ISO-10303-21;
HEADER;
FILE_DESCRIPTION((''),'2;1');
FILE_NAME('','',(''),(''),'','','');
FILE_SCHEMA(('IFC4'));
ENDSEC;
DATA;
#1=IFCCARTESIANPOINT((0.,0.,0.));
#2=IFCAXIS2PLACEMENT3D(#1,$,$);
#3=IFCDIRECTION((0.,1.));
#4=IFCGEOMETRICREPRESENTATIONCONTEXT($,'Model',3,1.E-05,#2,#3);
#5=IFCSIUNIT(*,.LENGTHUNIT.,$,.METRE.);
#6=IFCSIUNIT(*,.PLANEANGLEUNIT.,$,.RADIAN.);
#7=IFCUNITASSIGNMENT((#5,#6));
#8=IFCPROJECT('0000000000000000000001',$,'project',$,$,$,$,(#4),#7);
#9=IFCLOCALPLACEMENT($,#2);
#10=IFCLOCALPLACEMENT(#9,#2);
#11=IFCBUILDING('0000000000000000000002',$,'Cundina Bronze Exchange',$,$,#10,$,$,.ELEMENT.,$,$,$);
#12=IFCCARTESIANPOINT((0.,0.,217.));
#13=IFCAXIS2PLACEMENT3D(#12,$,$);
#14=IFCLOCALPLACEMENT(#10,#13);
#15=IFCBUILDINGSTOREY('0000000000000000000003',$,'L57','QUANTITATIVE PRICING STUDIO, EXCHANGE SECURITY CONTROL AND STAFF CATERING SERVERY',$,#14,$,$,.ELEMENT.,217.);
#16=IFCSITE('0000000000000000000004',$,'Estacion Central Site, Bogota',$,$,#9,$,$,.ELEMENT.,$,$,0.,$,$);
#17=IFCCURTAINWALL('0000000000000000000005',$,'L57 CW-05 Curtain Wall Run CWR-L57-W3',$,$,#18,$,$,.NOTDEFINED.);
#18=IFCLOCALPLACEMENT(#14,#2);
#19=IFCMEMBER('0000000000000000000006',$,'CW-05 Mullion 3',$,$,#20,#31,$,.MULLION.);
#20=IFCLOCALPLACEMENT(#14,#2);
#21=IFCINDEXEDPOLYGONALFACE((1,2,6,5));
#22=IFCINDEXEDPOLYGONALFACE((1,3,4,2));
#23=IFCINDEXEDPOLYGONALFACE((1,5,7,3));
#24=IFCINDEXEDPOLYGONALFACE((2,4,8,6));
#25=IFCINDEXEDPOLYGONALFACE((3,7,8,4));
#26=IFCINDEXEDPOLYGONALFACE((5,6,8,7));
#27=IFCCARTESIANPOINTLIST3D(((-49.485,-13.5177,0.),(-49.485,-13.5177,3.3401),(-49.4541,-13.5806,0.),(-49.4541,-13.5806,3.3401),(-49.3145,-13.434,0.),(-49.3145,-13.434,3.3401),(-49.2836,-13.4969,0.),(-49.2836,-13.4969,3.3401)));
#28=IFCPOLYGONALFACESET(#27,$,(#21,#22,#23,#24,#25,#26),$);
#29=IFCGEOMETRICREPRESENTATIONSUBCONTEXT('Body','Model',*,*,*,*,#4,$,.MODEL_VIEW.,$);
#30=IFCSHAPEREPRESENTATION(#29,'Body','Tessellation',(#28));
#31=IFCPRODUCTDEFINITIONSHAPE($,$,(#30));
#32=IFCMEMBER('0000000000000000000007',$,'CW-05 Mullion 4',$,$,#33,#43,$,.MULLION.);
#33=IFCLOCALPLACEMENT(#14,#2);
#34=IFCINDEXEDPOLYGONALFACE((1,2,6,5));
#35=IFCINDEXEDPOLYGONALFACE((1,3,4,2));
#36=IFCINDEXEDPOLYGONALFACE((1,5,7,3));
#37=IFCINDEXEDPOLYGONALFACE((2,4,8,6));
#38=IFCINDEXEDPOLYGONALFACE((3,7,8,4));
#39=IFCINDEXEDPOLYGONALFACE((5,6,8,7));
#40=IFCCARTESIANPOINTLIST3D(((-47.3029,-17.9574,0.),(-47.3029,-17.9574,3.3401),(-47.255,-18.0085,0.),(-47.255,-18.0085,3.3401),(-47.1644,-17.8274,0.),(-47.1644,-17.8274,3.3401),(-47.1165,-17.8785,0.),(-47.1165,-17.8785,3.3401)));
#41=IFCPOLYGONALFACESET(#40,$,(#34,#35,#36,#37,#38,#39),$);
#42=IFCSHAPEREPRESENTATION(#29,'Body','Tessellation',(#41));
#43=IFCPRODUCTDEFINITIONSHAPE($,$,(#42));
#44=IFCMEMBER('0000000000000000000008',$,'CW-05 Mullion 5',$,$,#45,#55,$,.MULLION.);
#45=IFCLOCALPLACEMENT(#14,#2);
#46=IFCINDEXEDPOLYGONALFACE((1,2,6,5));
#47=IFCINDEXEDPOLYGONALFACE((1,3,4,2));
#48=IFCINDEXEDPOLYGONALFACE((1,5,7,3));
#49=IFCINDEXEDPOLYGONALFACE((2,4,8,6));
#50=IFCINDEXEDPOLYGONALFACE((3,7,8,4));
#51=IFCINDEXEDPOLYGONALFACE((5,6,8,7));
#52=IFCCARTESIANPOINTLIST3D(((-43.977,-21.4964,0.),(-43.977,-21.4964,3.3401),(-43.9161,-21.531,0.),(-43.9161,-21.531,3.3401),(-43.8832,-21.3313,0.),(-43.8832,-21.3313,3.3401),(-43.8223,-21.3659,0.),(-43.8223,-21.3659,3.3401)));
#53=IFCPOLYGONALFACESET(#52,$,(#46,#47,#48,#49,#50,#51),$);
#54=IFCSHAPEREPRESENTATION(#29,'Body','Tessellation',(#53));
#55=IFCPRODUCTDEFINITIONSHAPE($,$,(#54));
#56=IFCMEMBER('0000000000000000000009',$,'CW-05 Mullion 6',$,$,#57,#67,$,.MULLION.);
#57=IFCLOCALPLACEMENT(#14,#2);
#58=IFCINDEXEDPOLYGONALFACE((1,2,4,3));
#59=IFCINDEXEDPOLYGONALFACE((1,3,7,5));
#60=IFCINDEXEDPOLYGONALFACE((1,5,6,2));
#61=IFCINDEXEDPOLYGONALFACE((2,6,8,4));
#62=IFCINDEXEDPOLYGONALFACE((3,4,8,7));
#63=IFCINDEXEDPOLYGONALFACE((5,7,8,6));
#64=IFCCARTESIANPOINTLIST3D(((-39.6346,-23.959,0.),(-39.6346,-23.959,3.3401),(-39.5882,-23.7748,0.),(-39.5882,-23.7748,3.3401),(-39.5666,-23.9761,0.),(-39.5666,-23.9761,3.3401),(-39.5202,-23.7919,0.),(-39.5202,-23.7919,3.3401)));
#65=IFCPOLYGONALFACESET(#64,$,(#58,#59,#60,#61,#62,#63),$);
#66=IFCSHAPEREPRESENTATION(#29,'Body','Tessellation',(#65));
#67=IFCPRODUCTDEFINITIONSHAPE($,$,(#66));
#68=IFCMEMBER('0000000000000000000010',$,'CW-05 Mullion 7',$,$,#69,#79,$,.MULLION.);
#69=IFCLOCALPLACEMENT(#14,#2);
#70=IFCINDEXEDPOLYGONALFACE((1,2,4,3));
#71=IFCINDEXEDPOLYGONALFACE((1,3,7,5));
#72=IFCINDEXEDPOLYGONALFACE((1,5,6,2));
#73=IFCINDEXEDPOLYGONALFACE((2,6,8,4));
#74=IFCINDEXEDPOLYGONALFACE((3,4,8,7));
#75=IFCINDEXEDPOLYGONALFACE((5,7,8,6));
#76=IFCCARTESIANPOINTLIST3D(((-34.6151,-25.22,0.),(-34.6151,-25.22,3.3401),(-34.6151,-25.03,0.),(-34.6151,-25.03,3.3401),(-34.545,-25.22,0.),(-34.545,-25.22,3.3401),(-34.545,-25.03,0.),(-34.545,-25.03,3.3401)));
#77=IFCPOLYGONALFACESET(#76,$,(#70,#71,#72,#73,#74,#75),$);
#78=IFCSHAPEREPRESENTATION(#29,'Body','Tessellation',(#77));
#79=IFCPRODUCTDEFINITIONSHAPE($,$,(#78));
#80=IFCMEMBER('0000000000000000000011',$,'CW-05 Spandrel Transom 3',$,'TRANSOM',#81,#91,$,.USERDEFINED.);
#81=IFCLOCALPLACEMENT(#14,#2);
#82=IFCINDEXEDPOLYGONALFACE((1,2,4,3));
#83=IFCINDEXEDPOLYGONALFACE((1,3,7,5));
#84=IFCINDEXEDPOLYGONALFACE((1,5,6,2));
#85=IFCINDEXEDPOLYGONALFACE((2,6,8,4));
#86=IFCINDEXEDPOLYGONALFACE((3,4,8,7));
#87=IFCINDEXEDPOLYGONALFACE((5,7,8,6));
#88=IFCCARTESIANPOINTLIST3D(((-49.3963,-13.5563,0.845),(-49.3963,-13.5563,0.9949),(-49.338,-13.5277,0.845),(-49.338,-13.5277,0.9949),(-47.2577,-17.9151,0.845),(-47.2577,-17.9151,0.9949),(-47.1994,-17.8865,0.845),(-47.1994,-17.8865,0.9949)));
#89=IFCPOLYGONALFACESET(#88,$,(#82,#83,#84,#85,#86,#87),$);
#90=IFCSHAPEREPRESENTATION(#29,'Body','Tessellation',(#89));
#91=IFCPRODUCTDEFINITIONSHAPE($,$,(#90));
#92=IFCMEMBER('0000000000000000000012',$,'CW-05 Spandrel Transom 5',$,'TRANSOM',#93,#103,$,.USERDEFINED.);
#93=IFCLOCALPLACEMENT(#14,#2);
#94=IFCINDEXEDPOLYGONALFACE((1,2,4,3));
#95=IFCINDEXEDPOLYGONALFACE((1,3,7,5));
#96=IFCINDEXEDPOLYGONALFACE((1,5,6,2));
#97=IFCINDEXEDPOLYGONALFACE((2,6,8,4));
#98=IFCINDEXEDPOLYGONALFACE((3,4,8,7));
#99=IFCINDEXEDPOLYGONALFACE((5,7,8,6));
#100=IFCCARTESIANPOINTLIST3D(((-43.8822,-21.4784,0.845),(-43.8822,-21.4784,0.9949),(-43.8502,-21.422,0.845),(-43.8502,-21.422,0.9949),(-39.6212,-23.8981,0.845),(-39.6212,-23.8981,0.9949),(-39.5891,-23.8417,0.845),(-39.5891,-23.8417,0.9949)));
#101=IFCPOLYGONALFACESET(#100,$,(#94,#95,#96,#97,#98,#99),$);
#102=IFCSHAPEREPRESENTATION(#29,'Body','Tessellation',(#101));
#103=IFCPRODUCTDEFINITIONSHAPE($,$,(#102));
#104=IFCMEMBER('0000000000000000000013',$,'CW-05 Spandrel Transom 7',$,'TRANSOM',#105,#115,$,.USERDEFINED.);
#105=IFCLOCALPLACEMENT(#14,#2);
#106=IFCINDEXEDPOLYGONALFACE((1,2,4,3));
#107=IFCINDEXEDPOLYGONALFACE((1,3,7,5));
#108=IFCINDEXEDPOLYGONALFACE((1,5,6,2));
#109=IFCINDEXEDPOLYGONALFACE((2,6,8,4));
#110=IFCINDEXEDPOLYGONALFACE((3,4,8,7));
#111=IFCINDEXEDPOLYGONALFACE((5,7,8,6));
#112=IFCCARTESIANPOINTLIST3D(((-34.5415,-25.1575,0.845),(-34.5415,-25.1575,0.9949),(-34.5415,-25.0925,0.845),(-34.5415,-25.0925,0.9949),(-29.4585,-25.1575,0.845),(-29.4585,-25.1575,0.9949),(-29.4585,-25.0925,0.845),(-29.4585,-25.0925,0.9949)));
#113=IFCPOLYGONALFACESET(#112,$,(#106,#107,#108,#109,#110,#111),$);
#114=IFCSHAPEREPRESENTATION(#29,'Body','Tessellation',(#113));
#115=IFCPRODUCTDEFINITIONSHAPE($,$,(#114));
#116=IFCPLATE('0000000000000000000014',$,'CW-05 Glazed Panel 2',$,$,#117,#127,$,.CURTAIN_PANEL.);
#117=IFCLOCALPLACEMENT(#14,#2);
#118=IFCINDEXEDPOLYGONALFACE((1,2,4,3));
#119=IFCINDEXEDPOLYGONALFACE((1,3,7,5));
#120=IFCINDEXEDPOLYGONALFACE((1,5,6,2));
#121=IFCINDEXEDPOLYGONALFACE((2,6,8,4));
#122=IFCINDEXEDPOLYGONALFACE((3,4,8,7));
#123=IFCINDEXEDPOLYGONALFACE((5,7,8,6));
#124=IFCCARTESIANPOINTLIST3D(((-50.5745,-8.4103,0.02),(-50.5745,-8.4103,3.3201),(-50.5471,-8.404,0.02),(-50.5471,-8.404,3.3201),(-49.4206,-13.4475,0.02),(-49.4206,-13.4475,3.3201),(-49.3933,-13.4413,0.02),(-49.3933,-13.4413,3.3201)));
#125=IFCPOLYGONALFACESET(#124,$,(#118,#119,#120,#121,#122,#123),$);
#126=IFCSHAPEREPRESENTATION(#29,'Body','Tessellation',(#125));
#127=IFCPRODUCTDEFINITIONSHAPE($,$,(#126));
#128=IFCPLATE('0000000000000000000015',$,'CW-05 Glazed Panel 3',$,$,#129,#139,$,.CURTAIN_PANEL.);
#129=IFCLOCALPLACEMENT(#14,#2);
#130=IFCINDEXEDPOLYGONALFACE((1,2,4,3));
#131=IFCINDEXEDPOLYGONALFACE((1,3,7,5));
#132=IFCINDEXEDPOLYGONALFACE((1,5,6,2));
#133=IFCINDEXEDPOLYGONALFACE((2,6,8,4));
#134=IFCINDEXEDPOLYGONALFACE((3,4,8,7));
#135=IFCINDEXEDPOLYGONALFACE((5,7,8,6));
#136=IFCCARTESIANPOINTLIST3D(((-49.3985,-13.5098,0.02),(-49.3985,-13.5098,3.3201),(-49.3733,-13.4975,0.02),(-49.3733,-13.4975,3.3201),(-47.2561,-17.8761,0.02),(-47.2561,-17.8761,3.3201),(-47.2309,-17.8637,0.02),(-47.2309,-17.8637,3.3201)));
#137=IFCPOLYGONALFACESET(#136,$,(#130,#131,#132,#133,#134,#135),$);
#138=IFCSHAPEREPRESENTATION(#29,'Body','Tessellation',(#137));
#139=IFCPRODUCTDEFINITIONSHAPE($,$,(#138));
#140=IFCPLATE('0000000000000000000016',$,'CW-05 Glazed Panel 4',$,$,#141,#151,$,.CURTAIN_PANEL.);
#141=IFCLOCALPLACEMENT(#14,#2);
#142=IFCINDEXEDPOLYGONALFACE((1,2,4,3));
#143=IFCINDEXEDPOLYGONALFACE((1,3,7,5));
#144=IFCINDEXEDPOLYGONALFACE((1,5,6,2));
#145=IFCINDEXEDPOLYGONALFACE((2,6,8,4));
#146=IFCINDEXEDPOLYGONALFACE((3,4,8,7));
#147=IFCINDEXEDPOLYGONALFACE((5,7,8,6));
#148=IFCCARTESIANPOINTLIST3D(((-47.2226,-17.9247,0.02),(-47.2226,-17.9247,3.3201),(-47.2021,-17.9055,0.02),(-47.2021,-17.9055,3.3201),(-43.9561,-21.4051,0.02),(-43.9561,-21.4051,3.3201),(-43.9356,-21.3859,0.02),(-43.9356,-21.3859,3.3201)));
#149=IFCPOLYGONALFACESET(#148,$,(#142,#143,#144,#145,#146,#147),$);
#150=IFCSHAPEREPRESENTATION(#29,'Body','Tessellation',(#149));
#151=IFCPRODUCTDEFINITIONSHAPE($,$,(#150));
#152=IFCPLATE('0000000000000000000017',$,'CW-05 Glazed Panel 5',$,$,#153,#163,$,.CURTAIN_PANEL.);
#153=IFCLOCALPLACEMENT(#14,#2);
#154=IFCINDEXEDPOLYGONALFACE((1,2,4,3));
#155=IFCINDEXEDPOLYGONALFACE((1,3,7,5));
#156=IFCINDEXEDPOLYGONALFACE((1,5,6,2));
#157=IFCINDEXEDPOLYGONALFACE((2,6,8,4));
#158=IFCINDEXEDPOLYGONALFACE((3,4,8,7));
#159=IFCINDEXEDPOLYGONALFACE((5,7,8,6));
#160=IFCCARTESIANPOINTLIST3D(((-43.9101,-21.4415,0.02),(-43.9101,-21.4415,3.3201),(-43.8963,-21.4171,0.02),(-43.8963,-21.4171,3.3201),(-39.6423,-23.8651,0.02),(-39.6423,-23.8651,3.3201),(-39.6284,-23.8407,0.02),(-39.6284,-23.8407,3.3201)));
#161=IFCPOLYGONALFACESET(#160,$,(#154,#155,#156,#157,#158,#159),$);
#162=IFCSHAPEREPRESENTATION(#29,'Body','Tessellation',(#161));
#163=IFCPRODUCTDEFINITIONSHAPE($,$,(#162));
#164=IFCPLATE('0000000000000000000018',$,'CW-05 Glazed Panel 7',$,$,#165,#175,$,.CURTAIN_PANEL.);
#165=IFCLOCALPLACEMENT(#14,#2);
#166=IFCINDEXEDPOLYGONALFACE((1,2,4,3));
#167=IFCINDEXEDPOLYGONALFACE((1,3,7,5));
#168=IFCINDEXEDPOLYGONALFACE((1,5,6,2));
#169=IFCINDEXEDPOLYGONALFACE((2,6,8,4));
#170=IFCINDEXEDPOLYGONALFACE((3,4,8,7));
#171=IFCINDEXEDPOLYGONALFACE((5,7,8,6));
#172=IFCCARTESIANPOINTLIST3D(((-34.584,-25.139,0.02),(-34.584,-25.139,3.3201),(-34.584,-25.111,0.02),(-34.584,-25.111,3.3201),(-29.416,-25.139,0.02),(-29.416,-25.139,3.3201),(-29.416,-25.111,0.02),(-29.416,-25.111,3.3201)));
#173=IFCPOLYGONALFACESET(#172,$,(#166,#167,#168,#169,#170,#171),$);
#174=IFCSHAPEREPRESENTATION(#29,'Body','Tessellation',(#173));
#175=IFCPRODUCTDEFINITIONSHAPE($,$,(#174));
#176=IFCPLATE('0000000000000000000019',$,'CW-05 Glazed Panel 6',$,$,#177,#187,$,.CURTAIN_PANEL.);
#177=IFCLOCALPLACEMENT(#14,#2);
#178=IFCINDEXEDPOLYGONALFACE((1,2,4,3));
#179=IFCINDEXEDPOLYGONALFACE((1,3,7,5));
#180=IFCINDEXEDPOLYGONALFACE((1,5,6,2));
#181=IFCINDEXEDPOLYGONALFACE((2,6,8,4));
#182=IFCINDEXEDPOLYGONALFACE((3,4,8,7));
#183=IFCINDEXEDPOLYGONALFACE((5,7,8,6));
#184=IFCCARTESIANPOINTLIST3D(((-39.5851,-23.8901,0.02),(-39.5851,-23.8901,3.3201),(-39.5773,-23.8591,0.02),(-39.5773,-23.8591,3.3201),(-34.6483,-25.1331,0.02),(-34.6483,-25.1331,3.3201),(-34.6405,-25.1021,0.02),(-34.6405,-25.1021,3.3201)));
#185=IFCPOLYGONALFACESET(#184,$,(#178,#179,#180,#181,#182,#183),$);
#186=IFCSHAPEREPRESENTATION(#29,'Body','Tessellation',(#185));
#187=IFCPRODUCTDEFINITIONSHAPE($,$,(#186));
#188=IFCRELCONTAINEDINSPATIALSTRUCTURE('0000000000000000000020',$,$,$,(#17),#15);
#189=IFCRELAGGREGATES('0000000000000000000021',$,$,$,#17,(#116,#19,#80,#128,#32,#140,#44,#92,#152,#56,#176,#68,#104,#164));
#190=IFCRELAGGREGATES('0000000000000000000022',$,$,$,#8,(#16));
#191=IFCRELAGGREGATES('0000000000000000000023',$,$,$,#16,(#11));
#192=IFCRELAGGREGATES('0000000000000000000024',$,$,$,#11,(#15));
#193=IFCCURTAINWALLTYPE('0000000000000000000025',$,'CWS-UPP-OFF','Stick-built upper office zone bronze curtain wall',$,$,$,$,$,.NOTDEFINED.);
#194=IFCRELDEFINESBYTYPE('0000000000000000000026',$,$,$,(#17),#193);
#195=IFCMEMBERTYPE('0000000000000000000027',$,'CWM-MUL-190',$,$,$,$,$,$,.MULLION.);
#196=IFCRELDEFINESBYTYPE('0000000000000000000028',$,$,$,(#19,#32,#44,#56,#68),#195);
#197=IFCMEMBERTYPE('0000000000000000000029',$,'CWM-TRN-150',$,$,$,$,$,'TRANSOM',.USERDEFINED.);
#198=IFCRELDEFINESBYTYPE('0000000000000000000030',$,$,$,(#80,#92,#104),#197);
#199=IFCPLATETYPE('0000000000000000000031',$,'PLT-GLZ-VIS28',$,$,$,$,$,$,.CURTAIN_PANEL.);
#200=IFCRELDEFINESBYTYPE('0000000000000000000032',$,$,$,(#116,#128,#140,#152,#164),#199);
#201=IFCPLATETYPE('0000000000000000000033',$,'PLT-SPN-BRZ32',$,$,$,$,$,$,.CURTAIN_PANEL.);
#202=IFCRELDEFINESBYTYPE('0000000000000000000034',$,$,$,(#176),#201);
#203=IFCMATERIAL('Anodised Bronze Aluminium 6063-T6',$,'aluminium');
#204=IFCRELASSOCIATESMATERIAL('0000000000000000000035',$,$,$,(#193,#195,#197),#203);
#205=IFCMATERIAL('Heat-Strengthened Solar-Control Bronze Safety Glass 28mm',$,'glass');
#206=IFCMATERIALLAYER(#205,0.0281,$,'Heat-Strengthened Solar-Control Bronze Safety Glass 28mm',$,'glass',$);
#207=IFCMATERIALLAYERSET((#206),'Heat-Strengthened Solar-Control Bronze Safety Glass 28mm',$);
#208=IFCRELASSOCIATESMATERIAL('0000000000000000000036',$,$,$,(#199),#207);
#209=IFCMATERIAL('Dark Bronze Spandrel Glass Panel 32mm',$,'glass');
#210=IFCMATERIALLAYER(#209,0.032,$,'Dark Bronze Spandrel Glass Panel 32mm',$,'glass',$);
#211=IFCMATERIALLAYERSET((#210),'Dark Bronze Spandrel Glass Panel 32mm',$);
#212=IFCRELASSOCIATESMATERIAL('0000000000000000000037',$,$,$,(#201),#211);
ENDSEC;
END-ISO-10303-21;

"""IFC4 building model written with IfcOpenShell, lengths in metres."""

from ifc_helpers import new_model, si_unit, direction, frame, origin, origin_2d, place, context, subcontext, project, spatial, rectangle, extrude, material, layer, layer_set, material_profile, profile_set, type_object, element, aggregate, save


model = new_model("IFC4")

# Units and contexts
model_context = context("Model", 3, precision=1e-05, world=origin(), true_north=direction((0.0, 1.0)))
body_context = subcontext(model_context, "Body", "Model", "MODEL_VIEW")
ifc_project = project(units=[si_unit("LENGTHUNIT", "METRE"), si_unit("PLANEANGLEUNIT", "RADIAN")], contexts=[model_context])

# Site, building, storey
site_placement = place(None, origin())
site = spatial("IfcSite", under=ifc_project, at=site_placement, Name="Estacion Central Site, Bogota", CompositionType="ELEMENT", RefElevation=0.0)
building_placement = place(site_placement, origin())
building = spatial("IfcBuilding", under=site, at=building_placement, Name="Cundina Bronze Exchange", CompositionType="ELEMENT")
storey_placement = place(building_placement, frame((0.0, 0.0, 217.0)))
storey = spatial("IfcBuildingStorey", under=building, at=storey_placement, Name="L57", Description="QUANTITATIVE PRICING STUDIO, EXCHANGE SECURITY CONTROL AND STAFF CATERING SERVERY", CompositionType="ELEMENT", Elevation=217.0)

# Curtain wall, members, plates
ifc_material_1 = material(Name="Anodised Bronze Aluminium 6063-T6", Category="aluminium")
curtain_wall_type = type_object("IfcCurtainWallType", Name="CWS-UPP-OFF", Description="Stick-built upper office zone bronze curtain wall", PredefinedType="NOTDEFINED", material=ifc_material_1)
curtain_wall_placement = place(storey_placement, origin())
curtain_wall = element("IfcCurtainWall", 1, at=curtain_wall_placement, inside=storey, type_object=curtain_wall_type, Name="L57 CW-05 Curtain Wall Run CWR-L57-W3", PredefinedType="NOTDEFINED")
ifc_material_profile_1 = material_profile(ifc_material_1, rectangle(XDim=0.0701, YDim=0.1899, at=origin_2d()), Name="AL70X190", Category="aluminium")
ifc_profile_set_1 = profile_set([ifc_material_profile_1], Name="Anodised Bronze Aluminium 6063-T6")
member_type_1 = type_object("IfcMemberType", Name="CWM-MUL-190", PredefinedType="MULLION", material=ifc_profile_set_1)
member_1_placement = place(storey_placement, frame((-49.3843, -13.5073, 0.0), z_axis=(0.0, 0.0, 1.0), x_axis=(0.440566, -0.89772, 0.0)))
member_1 = element("IfcMember", 2, at=member_1_placement, type_object=member_type_1, Name="CW-05 Mullion 3", PredefinedType="MULLION", context=body_context, shape_type="SweptSolid", body=[
    extrude(rectangle(XDim=0.0701, YDim=0.1899, at=origin_2d()), origin(), (0.0, 0.0, 1.0), 3.3401),
])
member_2_placement = place(storey_placement, frame((-47.2097, -17.918, 0.0), z_axis=(0.0, 0.0, 1.0), x_axis=(0.684293, -0.729208, 0.0)))
member_2 = element("IfcMember", 3, at=member_2_placement, type_object=member_type_1, Name="CW-05 Mullion 4", PredefinedType="MULLION", context=body_context, shape_type="SweptSolid", body=[
    extrude(rectangle(XDim=0.0701, YDim=0.1899, at=origin_2d()), origin(), (0.0, 0.0, 1.0), 3.3401),
])
member_3_placement = place(storey_placement, frame((-43.8997, -21.4312, 0.0), z_axis=(0.0, 0.0, 1.0), x_axis=(0.869581, -0.49379, 0.0)))
member_3 = element("IfcMember", 4, at=member_3_placement, type_object=member_type_1, Name="CW-05 Mullion 5", PredefinedType="MULLION", context=body_context, shape_type="SweptSolid", body=[
    extrude(rectangle(XDim=0.0701, YDim=0.1899, at=origin_2d()), origin(), (0.0, 0.0, 1.0), 3.3401),
])
member_4_placement = place(storey_placement, frame((-39.5774, -23.8755, 0.0), z_axis=(0.0, 0.0, 1.0), x_axis=(0.969744, -0.244123, 0.0)))
member_4 = element("IfcMember", 5, at=member_4_placement, type_object=member_type_1, Name="CW-05 Mullion 6", PredefinedType="MULLION", context=body_context, shape_type="SweptSolid", body=[
    extrude(rectangle(XDim=0.0701, YDim=0.1899, at=origin_2d()), origin(), (0.0, 0.0, 1.0), 3.3401),
])
member_5_placement = place(storey_placement, frame((-34.5801, -25.125, 0.0), z_axis=(0.0, 0.0, 1.0), x_axis=(1.0, 0.0, 0.0)))
member_5 = element("IfcMember", 6, at=member_5_placement, type_object=member_type_1, Name="CW-05 Mullion 7", PredefinedType="MULLION", context=body_context, shape_type="SweptSolid", body=[
    extrude(rectangle(XDim=0.0701, YDim=0.1899, at=origin_2d()), origin(), (0.0, 0.0, 1.0), 3.3401),
])
ifc_material_profile_2 = material_profile(ifc_material_1, rectangle(XDim=0.0649, YDim=0.1499, at=origin_2d()), Name="AL65X150", Category="aluminium")
ifc_profile_set_2 = profile_set([ifc_material_profile_2], Name="Anodised Bronze Aluminium 6063-T6")
member_type_2 = type_object("IfcMemberType", Name="CWM-TRN-150", ElementType="TRANSOM", PredefinedType="USERDEFINED", material=ifc_profile_set_2)
member_6_placement = place(storey_placement, frame((-49.3672, -13.542, 0.9199), z_axis=(0.440483, -0.897761, 0.0), x_axis=(0.897761, 0.440483, 0.0)))
member_6 = element("IfcMember", 7, at=member_6_placement, type_object=member_type_2, Name="CW-05 Spandrel Transom 3", ObjectType="TRANSOM", PredefinedType="USERDEFINED", context=body_context, shape_type="SweptSolid", body=[
    extrude(rectangle(XDim=0.0649, YDim=0.1499, at=origin_2d()), origin(), (0.0, 0.0, 1.0), 4.8552),
])
member_7_placement = place(storey_placement, frame((-43.8662, -21.4502, 0.9199), z_axis=(0.869574, -0.493803, 0.0), x_axis=(0.493803, 0.869574, 0.0)))
member_7 = element("IfcMember", 8, at=member_7_placement, type_object=member_type_2, Name="CW-05 Spandrel Transom 5", ObjectType="TRANSOM", PredefinedType="USERDEFINED", context=body_context, shape_type="SweptSolid", body=[
    extrude(rectangle(XDim=0.0649, YDim=0.1499, at=origin_2d()), origin(), (0.0, 0.0, 1.0), 4.9001),
])
member_8_placement = place(storey_placement, frame((-34.5415, -25.125, 0.9199), z_axis=(1.0, 0.0, 0.0), x_axis=(0.0, 1.0, 0.0)))
member_8 = element("IfcMember", 9, at=member_8_placement, type_object=member_type_2, Name="CW-05 Spandrel Transom 7", ObjectType="TRANSOM", PredefinedType="USERDEFINED", context=body_context, shape_type="SweptSolid", body=[
    extrude(rectangle(XDim=0.0649, YDim=0.1499, at=origin_2d()), origin(), (0.0, 0.0, 1.0), 5.083),
])
ifc_material_2 = material(Name="Heat-Strengthened Solar-Control Bronze Safety Glass 28mm", Category="glass")
ifc_layer_1 = layer(ifc_material_2, 0.0281, Name="Heat-Strengthened Solar-Control Bronze Safety Glass 28mm", Category="glass")
ifc_layer_set_1 = layer_set([ifc_layer_1], Name="Heat-Strengthened Solar-Control Bronze Safety Glass 28mm")
plate_type_1 = type_object("IfcPlateType", Name="PLT-GLZ-VIS28", PredefinedType="CURTAIN_PANEL", material=ifc_layer_set_1)
plate_1_placement = place(storey_placement, frame((-49.9839, -10.9258, 0.02), z_axis=(0.0, 0.0, 1.0), x_axis=(0.223284, -0.974753, 0.0)))
plate_1 = element("IfcPlate", 10, at=plate_1_placement, type_object=plate_type_1, Name="CW-05 Glazed Panel 2", PredefinedType="CURTAIN_PANEL", context=body_context, shape_type="SweptSolid", body=[
    extrude(rectangle(XDim=5.1677, YDim=0.0281, at=origin_2d()), origin(), (0.0, 0.0, 1.0), 3.3),
])
plate_2_placement = place(storey_placement, frame((-48.3147, -15.6868, 0.02), z_axis=(0.0, 0.0, 1.0), x_axis=(0.440503, -0.897751, 0.0)))
plate_2 = element("IfcPlate", 11, at=plate_2_placement, type_object=plate_type_1, Name="CW-05 Glazed Panel 3", PredefinedType="CURTAIN_PANEL", context=body_context, shape_type="SweptSolid", body=[
    extrude(rectangle(XDim=4.8635, YDim=0.0281, at=origin_2d()), origin(), (0.0, 0.0, 1.0), 3.3),
])
plate_3_placement = place(storey_placement, frame((-45.5791, -19.6553, 0.02), z_axis=(0.0, 0.0, 1.0), x_axis=(0.684344, -0.72916, 0.0)))
plate_3 = element("IfcPlate", 12, at=plate_3_placement, type_object=plate_type_1, Name="CW-05 Glazed Panel 4", PredefinedType="CURTAIN_PANEL", context=body_context, shape_type="SweptSolid", body=[
    extrude(rectangle(XDim=4.7732, YDim=0.0281, at=origin_2d()), origin(), (0.0, 0.0, 1.0), 3.3),
])
plate_4_placement = place(storey_placement, frame((-41.7693, -22.6411, 0.02), z_axis=(0.0, 0.0, 1.0), x_axis=(0.869573, -0.493805, 0.0)))
plate_4 = element("IfcPlate", 13, at=plate_4_placement, type_object=plate_type_1, Name="CW-05 Glazed Panel 5", PredefinedType="CURTAIN_PANEL", context=body_context, shape_type="SweptSolid", body=[
    extrude(rectangle(XDim=4.908, YDim=0.0281, at=origin_2d()), origin(), (0.0, 0.0, 1.0), 3.3),
])
plate_5_placement = place(storey_placement, frame((-32.0, -25.125, 0.02), z_axis=(0.0, 0.0, 1.0), x_axis=(1.0, 0.0, 0.0)))
plate_5 = element("IfcPlate", 14, at=plate_5_placement, type_object=plate_type_1, Name="CW-05 Glazed Panel 7", PredefinedType="CURTAIN_PANEL", context=body_context, shape_type="SweptSolid", body=[
    extrude(rectangle(XDim=5.168, YDim=0.0281, at=origin_2d()), origin(), (0.0, 0.0, 1.0), 3.3),
])
ifc_material_3 = material(Name="Dark Bronze Spandrel Glass Panel 32mm", Category="glass")
ifc_layer_2 = layer(ifc_material_3, 0.032, Name="Dark Bronze Spandrel Glass Panel 32mm", Category="glass")
ifc_layer_set_2 = layer_set([ifc_layer_2], Name="Dark Bronze Spandrel Glass Panel 32mm")
plate_type_2 = type_object("IfcPlateType", Name="PLT-SPN-BRZ32", PredefinedType="CURTAIN_PANEL", material=ifc_layer_set_2)
plate_6_placement = place(storey_placement, frame((-37.1128, -24.4961, 0.02), z_axis=(0.0, 0.0, 1.0), x_axis=(0.969732, -0.244174, 0.0)))
plate_6 = element("IfcPlate", 15, at=plate_6_placement, type_object=plate_type_2, Name="CW-05 Glazed Panel 6", PredefinedType="CURTAIN_PANEL", context=body_context, shape_type="SweptSolid", body=[
    extrude(rectangle(XDim=5.0908, YDim=0.032, at=origin_2d()), origin(), (0.0, 0.0, 1.0), 3.3),
])
aggregate(curtain_wall, [plate_1, member_1, member_6, plate_2, member_2, plate_3, member_3, member_7, plate_4, member_4, plate_6, member_5, member_8, plate_5])

save(model, "model.ifc")
